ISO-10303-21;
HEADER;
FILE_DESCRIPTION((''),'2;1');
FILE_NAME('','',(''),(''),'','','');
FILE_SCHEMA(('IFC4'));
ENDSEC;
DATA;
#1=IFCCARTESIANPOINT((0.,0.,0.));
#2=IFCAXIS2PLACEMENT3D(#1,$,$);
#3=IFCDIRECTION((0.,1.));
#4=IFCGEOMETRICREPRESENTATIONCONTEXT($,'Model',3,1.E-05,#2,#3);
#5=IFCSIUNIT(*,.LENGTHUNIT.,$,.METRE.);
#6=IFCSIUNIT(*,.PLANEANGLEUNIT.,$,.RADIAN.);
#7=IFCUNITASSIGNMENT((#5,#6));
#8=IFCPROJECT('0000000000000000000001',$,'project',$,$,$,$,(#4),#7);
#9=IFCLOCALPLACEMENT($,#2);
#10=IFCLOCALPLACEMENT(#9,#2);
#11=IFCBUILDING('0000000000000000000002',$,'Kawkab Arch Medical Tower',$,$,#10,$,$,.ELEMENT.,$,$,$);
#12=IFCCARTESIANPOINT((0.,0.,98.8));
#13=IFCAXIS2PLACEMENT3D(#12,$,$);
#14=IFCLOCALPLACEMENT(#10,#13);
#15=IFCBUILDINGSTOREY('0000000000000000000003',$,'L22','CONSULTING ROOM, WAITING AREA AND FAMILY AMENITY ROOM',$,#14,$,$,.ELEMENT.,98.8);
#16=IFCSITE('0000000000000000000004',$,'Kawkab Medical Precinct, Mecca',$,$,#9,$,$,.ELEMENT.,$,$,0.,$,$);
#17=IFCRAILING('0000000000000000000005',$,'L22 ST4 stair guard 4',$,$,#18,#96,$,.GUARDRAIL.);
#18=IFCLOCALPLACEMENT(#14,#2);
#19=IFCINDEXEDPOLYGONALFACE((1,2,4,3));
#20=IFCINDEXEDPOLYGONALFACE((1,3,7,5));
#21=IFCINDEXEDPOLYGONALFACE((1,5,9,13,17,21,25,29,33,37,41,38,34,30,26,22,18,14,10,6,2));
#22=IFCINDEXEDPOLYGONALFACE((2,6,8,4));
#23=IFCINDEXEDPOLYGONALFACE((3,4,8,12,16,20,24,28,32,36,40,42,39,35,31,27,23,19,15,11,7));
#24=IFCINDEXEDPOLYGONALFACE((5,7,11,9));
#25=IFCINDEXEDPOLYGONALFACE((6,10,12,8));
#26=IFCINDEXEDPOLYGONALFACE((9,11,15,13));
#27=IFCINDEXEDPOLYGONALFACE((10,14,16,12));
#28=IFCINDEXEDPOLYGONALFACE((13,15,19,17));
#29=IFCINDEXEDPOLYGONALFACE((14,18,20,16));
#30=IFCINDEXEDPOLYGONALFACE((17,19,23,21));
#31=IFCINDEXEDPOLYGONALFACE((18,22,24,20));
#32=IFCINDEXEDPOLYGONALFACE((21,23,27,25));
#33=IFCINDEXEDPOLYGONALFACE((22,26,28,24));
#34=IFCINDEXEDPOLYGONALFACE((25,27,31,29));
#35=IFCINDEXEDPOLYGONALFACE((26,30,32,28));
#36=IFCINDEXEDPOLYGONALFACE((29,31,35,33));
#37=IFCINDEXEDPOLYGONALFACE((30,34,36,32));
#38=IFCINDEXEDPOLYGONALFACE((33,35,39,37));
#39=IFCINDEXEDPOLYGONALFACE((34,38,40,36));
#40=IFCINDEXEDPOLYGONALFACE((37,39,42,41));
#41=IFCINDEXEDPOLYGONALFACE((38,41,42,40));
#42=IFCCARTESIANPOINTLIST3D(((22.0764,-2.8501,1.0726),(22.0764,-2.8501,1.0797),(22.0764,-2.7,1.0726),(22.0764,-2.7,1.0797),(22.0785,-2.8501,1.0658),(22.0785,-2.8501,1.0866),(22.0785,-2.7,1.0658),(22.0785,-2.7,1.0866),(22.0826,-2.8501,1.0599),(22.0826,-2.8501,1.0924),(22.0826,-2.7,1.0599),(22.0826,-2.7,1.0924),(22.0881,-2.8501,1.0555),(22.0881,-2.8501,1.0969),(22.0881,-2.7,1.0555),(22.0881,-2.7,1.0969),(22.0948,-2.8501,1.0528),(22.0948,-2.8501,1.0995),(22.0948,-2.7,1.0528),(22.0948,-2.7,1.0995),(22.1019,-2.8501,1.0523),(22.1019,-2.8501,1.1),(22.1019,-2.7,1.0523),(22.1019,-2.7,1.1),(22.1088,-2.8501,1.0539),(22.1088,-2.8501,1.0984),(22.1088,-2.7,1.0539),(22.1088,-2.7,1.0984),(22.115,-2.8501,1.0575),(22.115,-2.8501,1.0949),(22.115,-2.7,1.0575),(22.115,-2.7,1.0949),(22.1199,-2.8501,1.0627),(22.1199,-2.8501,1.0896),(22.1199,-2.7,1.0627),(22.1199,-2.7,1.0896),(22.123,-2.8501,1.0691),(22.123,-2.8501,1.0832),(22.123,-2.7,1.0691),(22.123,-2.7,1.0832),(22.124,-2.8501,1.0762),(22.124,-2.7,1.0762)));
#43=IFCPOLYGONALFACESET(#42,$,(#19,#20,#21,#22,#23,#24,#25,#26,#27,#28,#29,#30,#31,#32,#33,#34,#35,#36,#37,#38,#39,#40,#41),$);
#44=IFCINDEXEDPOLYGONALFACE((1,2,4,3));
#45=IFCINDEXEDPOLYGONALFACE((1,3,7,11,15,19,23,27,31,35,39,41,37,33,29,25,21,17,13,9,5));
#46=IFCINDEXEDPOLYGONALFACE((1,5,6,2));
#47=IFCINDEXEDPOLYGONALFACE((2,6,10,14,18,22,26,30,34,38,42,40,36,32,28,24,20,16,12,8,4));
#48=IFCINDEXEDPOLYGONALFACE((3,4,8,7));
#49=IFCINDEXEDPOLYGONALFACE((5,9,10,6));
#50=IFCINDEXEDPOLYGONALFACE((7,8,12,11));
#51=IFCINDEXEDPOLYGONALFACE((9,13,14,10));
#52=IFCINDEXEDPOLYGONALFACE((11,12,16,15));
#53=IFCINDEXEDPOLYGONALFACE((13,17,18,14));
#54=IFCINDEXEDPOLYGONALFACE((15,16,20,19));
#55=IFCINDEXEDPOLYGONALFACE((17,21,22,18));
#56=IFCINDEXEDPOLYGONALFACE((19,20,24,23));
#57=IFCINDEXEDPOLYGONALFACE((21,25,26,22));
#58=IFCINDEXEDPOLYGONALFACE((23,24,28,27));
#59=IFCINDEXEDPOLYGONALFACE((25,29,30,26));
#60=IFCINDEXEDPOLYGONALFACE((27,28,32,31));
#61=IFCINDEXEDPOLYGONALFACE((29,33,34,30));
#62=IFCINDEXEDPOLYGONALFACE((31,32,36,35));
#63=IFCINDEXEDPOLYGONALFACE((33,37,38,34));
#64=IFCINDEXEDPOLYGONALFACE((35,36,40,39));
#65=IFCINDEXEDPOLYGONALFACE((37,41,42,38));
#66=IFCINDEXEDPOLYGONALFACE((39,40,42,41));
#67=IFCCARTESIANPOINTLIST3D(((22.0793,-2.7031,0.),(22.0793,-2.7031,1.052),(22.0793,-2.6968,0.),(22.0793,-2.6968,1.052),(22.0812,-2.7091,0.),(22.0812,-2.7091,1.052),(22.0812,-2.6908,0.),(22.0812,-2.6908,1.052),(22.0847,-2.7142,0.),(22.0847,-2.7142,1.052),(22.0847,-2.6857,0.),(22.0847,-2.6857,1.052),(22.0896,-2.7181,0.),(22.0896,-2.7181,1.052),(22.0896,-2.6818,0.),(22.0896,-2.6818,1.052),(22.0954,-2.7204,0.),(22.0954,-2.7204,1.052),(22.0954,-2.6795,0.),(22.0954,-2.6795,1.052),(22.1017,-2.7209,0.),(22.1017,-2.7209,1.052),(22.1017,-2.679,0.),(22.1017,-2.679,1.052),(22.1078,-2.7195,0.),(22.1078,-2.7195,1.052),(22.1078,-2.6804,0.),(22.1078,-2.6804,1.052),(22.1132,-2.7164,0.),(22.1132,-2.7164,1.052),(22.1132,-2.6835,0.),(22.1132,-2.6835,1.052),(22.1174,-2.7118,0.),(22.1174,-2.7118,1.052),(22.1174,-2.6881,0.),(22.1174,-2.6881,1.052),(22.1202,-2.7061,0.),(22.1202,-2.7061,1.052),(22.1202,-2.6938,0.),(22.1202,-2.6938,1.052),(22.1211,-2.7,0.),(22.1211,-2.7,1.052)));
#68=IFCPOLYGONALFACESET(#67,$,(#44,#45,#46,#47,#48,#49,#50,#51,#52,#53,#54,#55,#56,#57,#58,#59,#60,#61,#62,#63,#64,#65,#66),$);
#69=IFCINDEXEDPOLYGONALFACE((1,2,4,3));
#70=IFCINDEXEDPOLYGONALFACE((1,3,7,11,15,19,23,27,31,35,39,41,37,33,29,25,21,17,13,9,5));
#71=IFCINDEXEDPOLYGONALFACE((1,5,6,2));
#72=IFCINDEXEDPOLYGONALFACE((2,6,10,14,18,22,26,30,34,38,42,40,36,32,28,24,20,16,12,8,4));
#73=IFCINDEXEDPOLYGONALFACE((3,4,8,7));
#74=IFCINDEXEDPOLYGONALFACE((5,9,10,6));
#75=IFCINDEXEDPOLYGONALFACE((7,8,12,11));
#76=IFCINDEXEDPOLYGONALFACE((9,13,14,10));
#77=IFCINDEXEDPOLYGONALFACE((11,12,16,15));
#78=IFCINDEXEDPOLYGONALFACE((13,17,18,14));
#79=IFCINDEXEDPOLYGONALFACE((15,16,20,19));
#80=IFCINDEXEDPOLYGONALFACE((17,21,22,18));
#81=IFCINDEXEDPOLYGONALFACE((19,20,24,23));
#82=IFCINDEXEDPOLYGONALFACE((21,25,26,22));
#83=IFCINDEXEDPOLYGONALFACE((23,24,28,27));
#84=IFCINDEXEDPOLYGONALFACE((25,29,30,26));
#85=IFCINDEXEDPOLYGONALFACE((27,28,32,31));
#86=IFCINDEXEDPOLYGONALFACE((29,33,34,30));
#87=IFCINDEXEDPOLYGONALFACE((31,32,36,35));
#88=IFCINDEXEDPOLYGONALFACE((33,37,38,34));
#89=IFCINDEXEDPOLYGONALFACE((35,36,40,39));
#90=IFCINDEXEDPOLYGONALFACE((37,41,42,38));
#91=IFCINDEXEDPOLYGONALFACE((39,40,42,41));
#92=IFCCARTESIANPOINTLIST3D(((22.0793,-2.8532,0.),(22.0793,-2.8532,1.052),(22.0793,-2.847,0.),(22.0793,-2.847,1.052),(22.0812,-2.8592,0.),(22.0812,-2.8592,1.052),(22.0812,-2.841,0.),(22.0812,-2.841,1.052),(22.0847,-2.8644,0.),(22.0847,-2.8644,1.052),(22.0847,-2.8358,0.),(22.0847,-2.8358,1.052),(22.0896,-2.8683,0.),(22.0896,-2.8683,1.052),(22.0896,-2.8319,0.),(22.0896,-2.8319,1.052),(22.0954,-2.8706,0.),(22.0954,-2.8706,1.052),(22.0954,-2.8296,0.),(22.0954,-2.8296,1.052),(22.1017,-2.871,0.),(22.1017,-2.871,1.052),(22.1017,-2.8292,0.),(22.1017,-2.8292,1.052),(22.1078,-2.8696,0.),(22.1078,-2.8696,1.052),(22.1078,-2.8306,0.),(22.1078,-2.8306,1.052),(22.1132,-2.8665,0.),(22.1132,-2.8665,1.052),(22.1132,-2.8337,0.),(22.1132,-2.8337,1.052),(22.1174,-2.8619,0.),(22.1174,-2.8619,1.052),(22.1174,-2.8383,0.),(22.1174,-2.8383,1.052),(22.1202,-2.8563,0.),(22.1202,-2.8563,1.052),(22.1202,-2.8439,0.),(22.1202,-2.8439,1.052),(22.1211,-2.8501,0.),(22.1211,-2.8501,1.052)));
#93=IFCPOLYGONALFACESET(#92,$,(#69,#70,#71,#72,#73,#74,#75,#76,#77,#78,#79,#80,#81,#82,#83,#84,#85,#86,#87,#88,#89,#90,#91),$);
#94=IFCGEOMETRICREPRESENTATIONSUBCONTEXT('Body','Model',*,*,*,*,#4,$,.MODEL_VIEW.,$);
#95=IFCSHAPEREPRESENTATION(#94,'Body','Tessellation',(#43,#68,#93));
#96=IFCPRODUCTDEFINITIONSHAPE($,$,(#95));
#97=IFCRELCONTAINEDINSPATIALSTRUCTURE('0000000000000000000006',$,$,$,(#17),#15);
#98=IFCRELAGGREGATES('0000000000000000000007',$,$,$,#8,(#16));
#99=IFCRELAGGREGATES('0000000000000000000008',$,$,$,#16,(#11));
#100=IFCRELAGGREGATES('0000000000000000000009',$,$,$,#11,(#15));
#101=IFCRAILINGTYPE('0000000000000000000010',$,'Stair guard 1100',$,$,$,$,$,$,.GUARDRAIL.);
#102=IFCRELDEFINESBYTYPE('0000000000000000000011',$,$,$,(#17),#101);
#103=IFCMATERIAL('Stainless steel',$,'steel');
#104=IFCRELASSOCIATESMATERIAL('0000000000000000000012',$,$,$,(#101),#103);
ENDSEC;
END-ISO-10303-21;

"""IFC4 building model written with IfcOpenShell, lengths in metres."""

from ifc_helpers import new_model, si_unit, direction, frame, origin, origin_2d, place, context, subcontext, project, spatial, circle, extrude, material, type_object, element, save


model = new_model("IFC4")

# Units and contexts
model_context = context("Model", 3, precision=1e-05, world=origin(), true_north=direction((0.0, 1.0)))
body_context = subcontext(model_context, "Body", "Model", "MODEL_VIEW")
ifc_project = project(units=[si_unit("LENGTHUNIT", "METRE"), si_unit("PLANEANGLEUNIT", "RADIAN")], contexts=[model_context])

# Site, building, storey
site_placement = place(None, origin())
site = spatial("IfcSite", under=ifc_project, at=site_placement, Name="Kawkab Medical Precinct, Mecca", CompositionType="ELEMENT", RefElevation=0.0)
building_placement = place(site_placement, origin())
building = spatial("IfcBuilding", under=site, at=building_placement, Name="Kawkab Arch Medical Tower", CompositionType="ELEMENT")
storey_placement = place(building_placement, frame((0.0, 0.0, 98.8)))
storey = spatial("IfcBuildingStorey", under=building, at=storey_placement, Name="L22", Description="CONSULTING ROOM, WAITING AREA AND FAMILY AMENITY ROOM", CompositionType="ELEMENT", Elevation=98.8)

# Railing
ifc_material_1 = material(Name="Stainless steel", Category="steel")
railing_type = type_object("IfcRailingType", Name="Stair guard 1100", PredefinedType="GUARDRAIL", material=ifc_material_1)
railing_1_placement = place(storey_placement, frame((22.1001, -2.7, 0.0)))
element("IfcRailing", 1, at=railing_1_placement, inside=storey, type_object=railing_type, Name="L22 ST4 stair guard 4", PredefinedType="GUARDRAIL", context=body_context, shape_type="SweptSolid", body=[
    extrude(circle(Radius=0.0239, at=origin_2d()), frame((0.0, 0.0, 1.0762), z_axis=(0.0, -1.0, 0.0), x_axis=(1.0, 0.0, 0.0)), (0.0, 0.0, 1.0), 0.1501),
    extrude(circle(Radius=0.021, at=origin_2d()), origin(), (0.0, 0.0, 1.0), 1.052),
    extrude(circle(Radius=0.021, at=origin_2d()), frame((0.0, -0.1501, 0.0)), (0.0, 0.0, 1.0), 1.052),
])

save(model, "model.ifc")
